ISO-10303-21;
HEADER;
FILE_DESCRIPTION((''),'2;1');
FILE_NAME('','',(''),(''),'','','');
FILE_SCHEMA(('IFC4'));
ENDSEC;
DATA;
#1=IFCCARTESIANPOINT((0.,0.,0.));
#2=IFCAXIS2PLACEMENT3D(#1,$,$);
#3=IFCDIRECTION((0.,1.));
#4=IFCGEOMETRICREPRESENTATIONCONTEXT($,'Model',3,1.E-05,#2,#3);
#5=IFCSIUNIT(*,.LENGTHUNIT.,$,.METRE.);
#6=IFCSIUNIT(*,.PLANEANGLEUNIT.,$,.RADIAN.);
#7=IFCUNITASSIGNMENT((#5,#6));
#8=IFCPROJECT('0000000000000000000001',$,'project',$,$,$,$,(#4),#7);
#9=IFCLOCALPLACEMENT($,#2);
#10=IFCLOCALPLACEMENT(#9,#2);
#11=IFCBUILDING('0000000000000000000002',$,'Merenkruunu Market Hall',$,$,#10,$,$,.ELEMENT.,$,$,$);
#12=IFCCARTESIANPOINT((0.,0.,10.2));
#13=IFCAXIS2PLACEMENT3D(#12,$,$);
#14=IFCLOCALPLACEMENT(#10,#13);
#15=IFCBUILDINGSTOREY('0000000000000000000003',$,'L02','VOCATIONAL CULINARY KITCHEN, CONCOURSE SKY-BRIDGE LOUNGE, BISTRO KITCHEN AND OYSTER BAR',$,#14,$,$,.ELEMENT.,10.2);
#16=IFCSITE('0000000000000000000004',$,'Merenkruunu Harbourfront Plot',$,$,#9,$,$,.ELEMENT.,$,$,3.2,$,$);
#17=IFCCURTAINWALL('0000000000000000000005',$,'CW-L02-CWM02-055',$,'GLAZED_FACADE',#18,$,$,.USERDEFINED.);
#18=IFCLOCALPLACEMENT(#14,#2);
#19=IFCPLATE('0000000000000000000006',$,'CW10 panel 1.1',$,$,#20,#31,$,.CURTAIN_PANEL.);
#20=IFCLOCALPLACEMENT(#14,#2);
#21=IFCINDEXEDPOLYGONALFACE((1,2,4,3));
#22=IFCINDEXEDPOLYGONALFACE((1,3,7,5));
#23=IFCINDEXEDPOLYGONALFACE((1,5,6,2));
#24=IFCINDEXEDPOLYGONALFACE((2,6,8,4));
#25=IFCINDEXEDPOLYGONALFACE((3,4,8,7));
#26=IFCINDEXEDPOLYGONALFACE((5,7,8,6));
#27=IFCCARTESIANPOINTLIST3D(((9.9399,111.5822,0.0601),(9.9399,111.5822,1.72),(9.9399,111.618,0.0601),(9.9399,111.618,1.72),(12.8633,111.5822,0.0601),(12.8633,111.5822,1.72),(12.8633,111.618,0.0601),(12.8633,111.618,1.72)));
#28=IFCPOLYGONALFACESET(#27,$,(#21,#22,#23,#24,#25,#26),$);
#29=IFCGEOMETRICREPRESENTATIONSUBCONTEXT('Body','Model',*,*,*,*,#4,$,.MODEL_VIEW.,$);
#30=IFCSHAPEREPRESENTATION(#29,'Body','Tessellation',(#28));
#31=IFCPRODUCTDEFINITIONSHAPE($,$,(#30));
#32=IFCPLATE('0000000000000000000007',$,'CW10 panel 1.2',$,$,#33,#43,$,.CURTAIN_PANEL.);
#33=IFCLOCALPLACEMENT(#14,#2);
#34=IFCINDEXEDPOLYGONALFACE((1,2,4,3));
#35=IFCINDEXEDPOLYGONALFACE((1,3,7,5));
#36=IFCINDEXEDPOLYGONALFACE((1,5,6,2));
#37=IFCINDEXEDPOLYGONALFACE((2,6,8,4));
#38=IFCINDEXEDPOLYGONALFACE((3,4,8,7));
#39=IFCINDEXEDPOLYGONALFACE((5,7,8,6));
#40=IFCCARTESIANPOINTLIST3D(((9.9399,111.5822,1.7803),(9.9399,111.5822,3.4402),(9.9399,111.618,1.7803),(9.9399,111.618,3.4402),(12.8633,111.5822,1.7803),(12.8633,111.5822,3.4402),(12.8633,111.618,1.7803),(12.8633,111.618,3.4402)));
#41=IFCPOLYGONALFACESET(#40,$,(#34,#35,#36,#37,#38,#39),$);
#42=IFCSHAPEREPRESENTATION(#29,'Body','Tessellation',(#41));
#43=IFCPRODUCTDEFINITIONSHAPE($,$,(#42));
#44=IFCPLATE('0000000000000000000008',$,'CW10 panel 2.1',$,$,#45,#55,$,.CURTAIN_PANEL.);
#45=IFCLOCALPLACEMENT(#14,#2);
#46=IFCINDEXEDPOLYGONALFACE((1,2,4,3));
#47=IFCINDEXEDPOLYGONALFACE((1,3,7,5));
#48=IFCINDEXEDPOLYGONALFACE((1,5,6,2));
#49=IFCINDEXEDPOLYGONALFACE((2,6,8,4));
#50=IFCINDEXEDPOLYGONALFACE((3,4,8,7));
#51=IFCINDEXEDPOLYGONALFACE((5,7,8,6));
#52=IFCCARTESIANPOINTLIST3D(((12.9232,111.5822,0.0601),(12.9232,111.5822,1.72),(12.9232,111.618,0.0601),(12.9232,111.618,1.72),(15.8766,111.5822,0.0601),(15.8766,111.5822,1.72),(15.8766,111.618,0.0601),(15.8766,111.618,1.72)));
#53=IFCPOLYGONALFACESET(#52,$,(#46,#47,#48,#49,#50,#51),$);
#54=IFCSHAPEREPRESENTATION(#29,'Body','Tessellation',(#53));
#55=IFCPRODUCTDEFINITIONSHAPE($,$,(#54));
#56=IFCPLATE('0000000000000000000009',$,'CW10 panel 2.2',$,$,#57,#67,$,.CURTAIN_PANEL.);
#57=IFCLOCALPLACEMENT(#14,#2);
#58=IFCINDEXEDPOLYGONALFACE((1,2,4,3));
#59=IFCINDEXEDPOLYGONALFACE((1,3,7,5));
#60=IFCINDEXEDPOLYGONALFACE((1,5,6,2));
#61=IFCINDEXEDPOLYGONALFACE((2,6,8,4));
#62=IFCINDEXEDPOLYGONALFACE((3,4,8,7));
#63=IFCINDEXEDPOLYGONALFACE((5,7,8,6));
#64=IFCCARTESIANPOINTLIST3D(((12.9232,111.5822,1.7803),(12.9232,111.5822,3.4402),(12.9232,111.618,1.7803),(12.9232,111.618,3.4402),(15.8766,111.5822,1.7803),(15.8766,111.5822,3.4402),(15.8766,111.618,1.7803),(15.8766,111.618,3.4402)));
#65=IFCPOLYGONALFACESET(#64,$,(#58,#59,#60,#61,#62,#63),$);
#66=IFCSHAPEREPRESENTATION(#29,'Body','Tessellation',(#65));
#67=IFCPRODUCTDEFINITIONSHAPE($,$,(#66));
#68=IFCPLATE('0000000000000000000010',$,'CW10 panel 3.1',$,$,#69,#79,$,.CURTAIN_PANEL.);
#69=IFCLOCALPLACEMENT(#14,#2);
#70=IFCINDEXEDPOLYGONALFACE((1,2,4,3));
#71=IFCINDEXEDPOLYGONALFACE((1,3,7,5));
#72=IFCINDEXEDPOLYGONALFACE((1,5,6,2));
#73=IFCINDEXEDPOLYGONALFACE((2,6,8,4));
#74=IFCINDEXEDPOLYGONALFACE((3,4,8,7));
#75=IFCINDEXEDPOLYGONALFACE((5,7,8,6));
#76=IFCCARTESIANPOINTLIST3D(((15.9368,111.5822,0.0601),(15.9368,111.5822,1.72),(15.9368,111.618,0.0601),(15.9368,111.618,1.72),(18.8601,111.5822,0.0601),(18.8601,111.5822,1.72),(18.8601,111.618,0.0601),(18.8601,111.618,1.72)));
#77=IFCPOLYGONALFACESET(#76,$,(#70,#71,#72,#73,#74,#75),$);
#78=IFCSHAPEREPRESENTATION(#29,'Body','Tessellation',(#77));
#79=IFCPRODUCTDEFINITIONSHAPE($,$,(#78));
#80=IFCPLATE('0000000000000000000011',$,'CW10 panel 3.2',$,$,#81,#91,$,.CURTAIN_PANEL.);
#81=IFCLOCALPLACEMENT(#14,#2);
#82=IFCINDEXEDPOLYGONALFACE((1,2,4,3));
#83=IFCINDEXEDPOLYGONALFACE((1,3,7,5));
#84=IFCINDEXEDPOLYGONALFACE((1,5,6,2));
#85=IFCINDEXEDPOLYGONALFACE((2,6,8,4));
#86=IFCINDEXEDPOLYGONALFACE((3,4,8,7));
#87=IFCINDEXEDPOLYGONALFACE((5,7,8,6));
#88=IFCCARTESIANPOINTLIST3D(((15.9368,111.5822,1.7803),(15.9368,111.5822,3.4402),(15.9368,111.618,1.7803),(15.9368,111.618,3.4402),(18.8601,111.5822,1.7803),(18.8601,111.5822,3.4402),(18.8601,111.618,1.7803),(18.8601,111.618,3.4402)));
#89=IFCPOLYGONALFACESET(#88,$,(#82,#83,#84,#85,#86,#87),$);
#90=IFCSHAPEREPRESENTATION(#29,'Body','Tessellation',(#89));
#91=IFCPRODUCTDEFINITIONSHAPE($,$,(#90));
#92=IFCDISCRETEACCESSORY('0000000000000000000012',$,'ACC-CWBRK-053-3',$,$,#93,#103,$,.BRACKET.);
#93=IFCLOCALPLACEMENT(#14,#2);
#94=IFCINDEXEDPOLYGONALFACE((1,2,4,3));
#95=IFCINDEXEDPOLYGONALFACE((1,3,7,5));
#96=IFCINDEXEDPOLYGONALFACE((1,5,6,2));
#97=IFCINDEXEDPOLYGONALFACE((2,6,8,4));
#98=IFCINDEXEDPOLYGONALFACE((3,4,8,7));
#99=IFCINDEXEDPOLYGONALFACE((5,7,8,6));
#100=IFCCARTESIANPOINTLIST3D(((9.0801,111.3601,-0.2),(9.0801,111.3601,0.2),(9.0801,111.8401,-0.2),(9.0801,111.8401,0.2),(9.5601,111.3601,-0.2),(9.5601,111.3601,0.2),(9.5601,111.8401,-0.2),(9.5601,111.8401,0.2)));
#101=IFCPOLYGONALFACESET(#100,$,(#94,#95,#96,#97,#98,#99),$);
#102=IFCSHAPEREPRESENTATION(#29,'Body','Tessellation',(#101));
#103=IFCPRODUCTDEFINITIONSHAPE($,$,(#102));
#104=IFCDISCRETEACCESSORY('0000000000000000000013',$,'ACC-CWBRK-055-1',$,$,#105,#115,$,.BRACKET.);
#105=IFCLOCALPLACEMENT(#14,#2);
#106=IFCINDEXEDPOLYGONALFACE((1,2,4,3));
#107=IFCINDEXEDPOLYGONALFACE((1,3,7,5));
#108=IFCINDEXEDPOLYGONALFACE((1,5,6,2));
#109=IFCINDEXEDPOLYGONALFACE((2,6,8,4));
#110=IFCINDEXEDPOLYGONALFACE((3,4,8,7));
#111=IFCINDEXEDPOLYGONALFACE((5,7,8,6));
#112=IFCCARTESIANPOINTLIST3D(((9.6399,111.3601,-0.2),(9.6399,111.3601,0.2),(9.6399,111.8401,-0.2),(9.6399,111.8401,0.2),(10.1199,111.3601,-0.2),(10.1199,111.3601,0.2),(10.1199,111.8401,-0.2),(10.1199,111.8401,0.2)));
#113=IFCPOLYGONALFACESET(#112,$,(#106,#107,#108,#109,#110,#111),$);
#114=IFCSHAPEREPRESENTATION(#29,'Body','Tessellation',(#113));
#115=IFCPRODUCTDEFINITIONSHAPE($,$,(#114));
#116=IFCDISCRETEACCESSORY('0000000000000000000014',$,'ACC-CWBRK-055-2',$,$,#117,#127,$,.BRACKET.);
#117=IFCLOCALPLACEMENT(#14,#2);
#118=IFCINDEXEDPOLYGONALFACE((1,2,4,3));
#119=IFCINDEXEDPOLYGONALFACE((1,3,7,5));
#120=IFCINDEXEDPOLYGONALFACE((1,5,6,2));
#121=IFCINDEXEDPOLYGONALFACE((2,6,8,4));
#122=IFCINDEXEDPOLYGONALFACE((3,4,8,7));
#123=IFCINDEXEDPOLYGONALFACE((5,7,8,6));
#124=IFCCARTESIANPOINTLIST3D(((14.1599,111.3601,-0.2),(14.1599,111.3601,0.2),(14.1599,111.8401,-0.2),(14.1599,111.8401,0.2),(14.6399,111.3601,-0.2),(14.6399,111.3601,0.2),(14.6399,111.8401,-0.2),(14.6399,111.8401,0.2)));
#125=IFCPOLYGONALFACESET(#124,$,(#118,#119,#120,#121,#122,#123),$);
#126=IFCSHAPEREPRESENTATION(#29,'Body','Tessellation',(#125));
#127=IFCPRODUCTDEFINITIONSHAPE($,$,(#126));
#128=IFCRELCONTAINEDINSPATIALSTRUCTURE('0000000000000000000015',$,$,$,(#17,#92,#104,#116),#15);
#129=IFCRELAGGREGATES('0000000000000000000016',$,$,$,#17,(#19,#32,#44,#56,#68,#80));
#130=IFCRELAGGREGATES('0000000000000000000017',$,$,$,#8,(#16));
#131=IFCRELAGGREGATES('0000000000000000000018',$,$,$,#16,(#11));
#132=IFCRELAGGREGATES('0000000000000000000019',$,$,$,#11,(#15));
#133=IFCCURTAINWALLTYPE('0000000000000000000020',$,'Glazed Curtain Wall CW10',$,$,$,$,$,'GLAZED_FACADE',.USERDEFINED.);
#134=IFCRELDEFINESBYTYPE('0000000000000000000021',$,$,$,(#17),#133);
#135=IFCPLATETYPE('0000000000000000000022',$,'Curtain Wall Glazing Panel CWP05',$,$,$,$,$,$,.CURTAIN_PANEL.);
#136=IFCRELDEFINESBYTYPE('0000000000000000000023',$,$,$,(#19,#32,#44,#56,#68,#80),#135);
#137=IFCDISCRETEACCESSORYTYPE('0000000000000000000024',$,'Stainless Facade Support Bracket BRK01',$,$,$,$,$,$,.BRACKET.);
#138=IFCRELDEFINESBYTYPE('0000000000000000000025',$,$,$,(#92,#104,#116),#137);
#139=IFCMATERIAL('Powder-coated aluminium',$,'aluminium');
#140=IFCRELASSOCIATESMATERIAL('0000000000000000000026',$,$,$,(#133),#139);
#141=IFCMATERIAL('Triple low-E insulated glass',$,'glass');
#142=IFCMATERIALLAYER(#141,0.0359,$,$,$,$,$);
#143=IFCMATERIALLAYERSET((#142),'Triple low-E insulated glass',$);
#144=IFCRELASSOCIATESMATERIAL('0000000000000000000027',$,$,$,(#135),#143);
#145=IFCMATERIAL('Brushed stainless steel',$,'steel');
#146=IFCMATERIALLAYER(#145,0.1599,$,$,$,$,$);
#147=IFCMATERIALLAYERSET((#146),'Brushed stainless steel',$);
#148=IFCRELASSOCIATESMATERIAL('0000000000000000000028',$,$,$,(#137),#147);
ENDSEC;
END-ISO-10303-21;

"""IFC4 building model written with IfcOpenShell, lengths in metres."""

from ifc_helpers import new_model, si_unit, direction, frame, origin, origin_2d, place, context, subcontext, project, spatial, rectangle, extrude, material, layer, layer_set, type_object, element, aggregate, save


model = new_model("IFC4")

# Units and contexts
model_context = context("Model", 3, precision=1e-05, world=origin(), true_north=direction((0.0, 1.0)))
body_context = subcontext(model_context, "Body", "Model", "MODEL_VIEW")
ifc_project = project(units=[si_unit("LENGTHUNIT", "METRE"), si_unit("PLANEANGLEUNIT", "RADIAN")], contexts=[model_context])

# Site, building, storey
site_placement = place(None, origin())
site = spatial("IfcSite", under=ifc_project, at=site_placement, Name="Merenkruunu Harbourfront Plot", CompositionType="ELEMENT", RefElevation=3.2)
building_placement = place(site_placement, origin())
building = spatial("IfcBuilding", under=site, at=building_placement, Name="Merenkruunu Market Hall", CompositionType="ELEMENT")
storey_placement = place(building_placement, frame((0.0, 0.0, 10.2)))
storey = spatial("IfcBuildingStorey", under=building, at=storey_placement, Name="L02", Description="VOCATIONAL CULINARY KITCHEN, CONCOURSE SKY-BRIDGE LOUNGE, BISTRO KITCHEN AND OYSTER BAR", CompositionType="ELEMENT", Elevation=10.2)

# Shared definitions
ifc_material_1 = material(Name="Powder-coated aluminium", Category="aluminium")
curtain_wall_type = type_object("IfcCurtainWallType", Name="Glazed Curtain Wall CW10", ElementType="GLAZED_FACADE", PredefinedType="USERDEFINED", material=ifc_material_1)

# Curtain wall
curtain_wall_1_placement = place(storey_placement, origin())
curtain_wall_1 = element("IfcCurtainWall", 1, at=curtain_wall_1_placement, inside=storey, type_object=curtain_wall_type, Name="CW-L02-CWM02-055", ObjectType="GLAZED_FACADE", PredefinedType="USERDEFINED")

# Plates
ifc_material_2 = material(Name="Triple low-E insulated glass", Category="glass")
ifc_layer_1 = layer(ifc_material_2, 0.0359)
ifc_layer_set_1 = layer_set([ifc_layer_1], Name="Triple low-E insulated glass")
plate_type = type_object("IfcPlateType", Name="Curtain Wall Glazing Panel CWP05", PredefinedType="CURTAIN_PANEL", material=ifc_layer_set_1)
plate_1_placement = place(storey_placement, frame((11.4016, 111.6001, 0.0601), z_axis=(0.0, 0.0, 1.0), x_axis=(1.0, 0.0, 0.0)))
plate_1 = element("IfcPlate", 2, at=plate_1_placement, type_object=plate_type, Name="CW10 panel 1.1", PredefinedType="CURTAIN_PANEL", context=body_context, shape_type="SweptSolid", body=[
    extrude(rectangle(XDim=2.9233, YDim=0.0359, at=origin_2d()), origin(), (0.0, 0.0, 1.0), 1.6599),
])
plate_2_placement = place(storey_placement, frame((11.4016, 111.6001, 1.7803), z_axis=(0.0, 0.0, 1.0), x_axis=(1.0, 0.0, 0.0)))
plate_2 = element("IfcPlate", 3, at=plate_2_placement, type_object=plate_type, Name="CW10 panel 1.2", PredefinedType="CURTAIN_PANEL", context=body_context, shape_type="SweptSolid", body=[
    extrude(rectangle(XDim=2.9233, YDim=0.0359, at=origin_2d()), origin(), (0.0, 0.0, 1.0), 1.6599),
])
plate_3_placement = place(storey_placement, frame((14.3999, 111.6001, 0.0601), z_axis=(0.0, 0.0, 1.0), x_axis=(1.0, 0.0, 0.0)))
plate_3 = element("IfcPlate", 4, at=plate_3_placement, type_object=plate_type, Name="CW10 panel 2.1", PredefinedType="CURTAIN_PANEL", context=body_context, shape_type="SweptSolid", body=[
    extrude(rectangle(XDim=2.9534, YDim=0.0359, at=origin_2d()), origin(), (0.0, 0.0, 1.0), 1.6599),
])
plate_4_placement = place(storey_placement, frame((14.3999, 111.6001, 1.7803), z_axis=(0.0, 0.0, 1.0), x_axis=(1.0, 0.0, 0.0)))
plate_4 = element("IfcPlate", 5, at=plate_4_placement, type_object=plate_type, Name="CW10 panel 2.2", PredefinedType="CURTAIN_PANEL", context=body_context, shape_type="SweptSolid", body=[
    extrude(rectangle(XDim=2.9534, YDim=0.0359, at=origin_2d()), origin(), (0.0, 0.0, 1.0), 1.6599),
])
plate_5_placement = place(storey_placement, frame((17.3984, 111.6001, 0.0601), z_axis=(0.0, 0.0, 1.0), x_axis=(1.0, 0.0, 0.0)))
plate_5 = element("IfcPlate", 6, at=plate_5_placement, type_object=plate_type, Name="CW10 panel 3.1", PredefinedType="CURTAIN_PANEL", context=body_context, shape_type="SweptSolid", body=[
    extrude(rectangle(XDim=2.9233, YDim=0.0359, at=origin_2d()), origin(), (0.0, 0.0, 1.0), 1.6599),
])
plate_6_placement = place(storey_placement, frame((17.3984, 111.6001, 1.7803), z_axis=(0.0, 0.0, 1.0), x_axis=(1.0, 0.0, 0.0)))
plate_6 = element("IfcPlate", 7, at=plate_6_placement, type_object=plate_type, Name="CW10 panel 3.2", PredefinedType="CURTAIN_PANEL", context=body_context, shape_type="SweptSolid", body=[
    extrude(rectangle(XDim=2.9233, YDim=0.0359, at=origin_2d()), origin(), (0.0, 0.0, 1.0), 1.6599),
])
aggregate(curtain_wall_1, [plate_1, plate_2, plate_3, plate_4, plate_5, plate_6])

# Discrete accessories
ifc_material_3 = material(Name="Brushed stainless steel", Category="steel")
ifc_layer_2 = layer(ifc_material_3, 0.1599)
ifc_layer_set_2 = layer_set([ifc_layer_2], Name="Brushed stainless steel")
discrete_accessory_type = type_object("IfcDiscreteAccessoryType", Name="Stainless Facade Support Bracket BRK01", PredefinedType="BRACKET", material=ifc_layer_set_2)
for number, where, z_axis, x_axis, name in (
    (8, (9.3201, 111.6001, -0.2), (0.0, 0.0, 1.0), (1.0, 0.0, 0.0), "ACC-CWBRK-053-3"),
    (9, (9.8799, 111.6001, -0.2), (0.0, 0.0, 1.0), (1.0, 0.0, 0.0), "ACC-CWBRK-055-1"),
    (10, (14.3999, 111.6001, -0.2), (0.0, 0.0, 1.0), (1.0, 0.0, 0.0), "ACC-CWBRK-055-2"),
):
    element("IfcDiscreteAccessory", number, at=place(storey_placement, frame(where, z_axis=z_axis, x_axis=x_axis)), inside=storey, type_object=discrete_accessory_type, Name=name, PredefinedType="BRACKET", context=body_context, shape_type="SweptSolid", body=[
        extrude(rectangle(XDim=0.48, YDim=0.48, at=origin_2d()), origin(), (0.0, 0.0, 1.0), 0.3999),
    ])

save(model, "model.ifc")
